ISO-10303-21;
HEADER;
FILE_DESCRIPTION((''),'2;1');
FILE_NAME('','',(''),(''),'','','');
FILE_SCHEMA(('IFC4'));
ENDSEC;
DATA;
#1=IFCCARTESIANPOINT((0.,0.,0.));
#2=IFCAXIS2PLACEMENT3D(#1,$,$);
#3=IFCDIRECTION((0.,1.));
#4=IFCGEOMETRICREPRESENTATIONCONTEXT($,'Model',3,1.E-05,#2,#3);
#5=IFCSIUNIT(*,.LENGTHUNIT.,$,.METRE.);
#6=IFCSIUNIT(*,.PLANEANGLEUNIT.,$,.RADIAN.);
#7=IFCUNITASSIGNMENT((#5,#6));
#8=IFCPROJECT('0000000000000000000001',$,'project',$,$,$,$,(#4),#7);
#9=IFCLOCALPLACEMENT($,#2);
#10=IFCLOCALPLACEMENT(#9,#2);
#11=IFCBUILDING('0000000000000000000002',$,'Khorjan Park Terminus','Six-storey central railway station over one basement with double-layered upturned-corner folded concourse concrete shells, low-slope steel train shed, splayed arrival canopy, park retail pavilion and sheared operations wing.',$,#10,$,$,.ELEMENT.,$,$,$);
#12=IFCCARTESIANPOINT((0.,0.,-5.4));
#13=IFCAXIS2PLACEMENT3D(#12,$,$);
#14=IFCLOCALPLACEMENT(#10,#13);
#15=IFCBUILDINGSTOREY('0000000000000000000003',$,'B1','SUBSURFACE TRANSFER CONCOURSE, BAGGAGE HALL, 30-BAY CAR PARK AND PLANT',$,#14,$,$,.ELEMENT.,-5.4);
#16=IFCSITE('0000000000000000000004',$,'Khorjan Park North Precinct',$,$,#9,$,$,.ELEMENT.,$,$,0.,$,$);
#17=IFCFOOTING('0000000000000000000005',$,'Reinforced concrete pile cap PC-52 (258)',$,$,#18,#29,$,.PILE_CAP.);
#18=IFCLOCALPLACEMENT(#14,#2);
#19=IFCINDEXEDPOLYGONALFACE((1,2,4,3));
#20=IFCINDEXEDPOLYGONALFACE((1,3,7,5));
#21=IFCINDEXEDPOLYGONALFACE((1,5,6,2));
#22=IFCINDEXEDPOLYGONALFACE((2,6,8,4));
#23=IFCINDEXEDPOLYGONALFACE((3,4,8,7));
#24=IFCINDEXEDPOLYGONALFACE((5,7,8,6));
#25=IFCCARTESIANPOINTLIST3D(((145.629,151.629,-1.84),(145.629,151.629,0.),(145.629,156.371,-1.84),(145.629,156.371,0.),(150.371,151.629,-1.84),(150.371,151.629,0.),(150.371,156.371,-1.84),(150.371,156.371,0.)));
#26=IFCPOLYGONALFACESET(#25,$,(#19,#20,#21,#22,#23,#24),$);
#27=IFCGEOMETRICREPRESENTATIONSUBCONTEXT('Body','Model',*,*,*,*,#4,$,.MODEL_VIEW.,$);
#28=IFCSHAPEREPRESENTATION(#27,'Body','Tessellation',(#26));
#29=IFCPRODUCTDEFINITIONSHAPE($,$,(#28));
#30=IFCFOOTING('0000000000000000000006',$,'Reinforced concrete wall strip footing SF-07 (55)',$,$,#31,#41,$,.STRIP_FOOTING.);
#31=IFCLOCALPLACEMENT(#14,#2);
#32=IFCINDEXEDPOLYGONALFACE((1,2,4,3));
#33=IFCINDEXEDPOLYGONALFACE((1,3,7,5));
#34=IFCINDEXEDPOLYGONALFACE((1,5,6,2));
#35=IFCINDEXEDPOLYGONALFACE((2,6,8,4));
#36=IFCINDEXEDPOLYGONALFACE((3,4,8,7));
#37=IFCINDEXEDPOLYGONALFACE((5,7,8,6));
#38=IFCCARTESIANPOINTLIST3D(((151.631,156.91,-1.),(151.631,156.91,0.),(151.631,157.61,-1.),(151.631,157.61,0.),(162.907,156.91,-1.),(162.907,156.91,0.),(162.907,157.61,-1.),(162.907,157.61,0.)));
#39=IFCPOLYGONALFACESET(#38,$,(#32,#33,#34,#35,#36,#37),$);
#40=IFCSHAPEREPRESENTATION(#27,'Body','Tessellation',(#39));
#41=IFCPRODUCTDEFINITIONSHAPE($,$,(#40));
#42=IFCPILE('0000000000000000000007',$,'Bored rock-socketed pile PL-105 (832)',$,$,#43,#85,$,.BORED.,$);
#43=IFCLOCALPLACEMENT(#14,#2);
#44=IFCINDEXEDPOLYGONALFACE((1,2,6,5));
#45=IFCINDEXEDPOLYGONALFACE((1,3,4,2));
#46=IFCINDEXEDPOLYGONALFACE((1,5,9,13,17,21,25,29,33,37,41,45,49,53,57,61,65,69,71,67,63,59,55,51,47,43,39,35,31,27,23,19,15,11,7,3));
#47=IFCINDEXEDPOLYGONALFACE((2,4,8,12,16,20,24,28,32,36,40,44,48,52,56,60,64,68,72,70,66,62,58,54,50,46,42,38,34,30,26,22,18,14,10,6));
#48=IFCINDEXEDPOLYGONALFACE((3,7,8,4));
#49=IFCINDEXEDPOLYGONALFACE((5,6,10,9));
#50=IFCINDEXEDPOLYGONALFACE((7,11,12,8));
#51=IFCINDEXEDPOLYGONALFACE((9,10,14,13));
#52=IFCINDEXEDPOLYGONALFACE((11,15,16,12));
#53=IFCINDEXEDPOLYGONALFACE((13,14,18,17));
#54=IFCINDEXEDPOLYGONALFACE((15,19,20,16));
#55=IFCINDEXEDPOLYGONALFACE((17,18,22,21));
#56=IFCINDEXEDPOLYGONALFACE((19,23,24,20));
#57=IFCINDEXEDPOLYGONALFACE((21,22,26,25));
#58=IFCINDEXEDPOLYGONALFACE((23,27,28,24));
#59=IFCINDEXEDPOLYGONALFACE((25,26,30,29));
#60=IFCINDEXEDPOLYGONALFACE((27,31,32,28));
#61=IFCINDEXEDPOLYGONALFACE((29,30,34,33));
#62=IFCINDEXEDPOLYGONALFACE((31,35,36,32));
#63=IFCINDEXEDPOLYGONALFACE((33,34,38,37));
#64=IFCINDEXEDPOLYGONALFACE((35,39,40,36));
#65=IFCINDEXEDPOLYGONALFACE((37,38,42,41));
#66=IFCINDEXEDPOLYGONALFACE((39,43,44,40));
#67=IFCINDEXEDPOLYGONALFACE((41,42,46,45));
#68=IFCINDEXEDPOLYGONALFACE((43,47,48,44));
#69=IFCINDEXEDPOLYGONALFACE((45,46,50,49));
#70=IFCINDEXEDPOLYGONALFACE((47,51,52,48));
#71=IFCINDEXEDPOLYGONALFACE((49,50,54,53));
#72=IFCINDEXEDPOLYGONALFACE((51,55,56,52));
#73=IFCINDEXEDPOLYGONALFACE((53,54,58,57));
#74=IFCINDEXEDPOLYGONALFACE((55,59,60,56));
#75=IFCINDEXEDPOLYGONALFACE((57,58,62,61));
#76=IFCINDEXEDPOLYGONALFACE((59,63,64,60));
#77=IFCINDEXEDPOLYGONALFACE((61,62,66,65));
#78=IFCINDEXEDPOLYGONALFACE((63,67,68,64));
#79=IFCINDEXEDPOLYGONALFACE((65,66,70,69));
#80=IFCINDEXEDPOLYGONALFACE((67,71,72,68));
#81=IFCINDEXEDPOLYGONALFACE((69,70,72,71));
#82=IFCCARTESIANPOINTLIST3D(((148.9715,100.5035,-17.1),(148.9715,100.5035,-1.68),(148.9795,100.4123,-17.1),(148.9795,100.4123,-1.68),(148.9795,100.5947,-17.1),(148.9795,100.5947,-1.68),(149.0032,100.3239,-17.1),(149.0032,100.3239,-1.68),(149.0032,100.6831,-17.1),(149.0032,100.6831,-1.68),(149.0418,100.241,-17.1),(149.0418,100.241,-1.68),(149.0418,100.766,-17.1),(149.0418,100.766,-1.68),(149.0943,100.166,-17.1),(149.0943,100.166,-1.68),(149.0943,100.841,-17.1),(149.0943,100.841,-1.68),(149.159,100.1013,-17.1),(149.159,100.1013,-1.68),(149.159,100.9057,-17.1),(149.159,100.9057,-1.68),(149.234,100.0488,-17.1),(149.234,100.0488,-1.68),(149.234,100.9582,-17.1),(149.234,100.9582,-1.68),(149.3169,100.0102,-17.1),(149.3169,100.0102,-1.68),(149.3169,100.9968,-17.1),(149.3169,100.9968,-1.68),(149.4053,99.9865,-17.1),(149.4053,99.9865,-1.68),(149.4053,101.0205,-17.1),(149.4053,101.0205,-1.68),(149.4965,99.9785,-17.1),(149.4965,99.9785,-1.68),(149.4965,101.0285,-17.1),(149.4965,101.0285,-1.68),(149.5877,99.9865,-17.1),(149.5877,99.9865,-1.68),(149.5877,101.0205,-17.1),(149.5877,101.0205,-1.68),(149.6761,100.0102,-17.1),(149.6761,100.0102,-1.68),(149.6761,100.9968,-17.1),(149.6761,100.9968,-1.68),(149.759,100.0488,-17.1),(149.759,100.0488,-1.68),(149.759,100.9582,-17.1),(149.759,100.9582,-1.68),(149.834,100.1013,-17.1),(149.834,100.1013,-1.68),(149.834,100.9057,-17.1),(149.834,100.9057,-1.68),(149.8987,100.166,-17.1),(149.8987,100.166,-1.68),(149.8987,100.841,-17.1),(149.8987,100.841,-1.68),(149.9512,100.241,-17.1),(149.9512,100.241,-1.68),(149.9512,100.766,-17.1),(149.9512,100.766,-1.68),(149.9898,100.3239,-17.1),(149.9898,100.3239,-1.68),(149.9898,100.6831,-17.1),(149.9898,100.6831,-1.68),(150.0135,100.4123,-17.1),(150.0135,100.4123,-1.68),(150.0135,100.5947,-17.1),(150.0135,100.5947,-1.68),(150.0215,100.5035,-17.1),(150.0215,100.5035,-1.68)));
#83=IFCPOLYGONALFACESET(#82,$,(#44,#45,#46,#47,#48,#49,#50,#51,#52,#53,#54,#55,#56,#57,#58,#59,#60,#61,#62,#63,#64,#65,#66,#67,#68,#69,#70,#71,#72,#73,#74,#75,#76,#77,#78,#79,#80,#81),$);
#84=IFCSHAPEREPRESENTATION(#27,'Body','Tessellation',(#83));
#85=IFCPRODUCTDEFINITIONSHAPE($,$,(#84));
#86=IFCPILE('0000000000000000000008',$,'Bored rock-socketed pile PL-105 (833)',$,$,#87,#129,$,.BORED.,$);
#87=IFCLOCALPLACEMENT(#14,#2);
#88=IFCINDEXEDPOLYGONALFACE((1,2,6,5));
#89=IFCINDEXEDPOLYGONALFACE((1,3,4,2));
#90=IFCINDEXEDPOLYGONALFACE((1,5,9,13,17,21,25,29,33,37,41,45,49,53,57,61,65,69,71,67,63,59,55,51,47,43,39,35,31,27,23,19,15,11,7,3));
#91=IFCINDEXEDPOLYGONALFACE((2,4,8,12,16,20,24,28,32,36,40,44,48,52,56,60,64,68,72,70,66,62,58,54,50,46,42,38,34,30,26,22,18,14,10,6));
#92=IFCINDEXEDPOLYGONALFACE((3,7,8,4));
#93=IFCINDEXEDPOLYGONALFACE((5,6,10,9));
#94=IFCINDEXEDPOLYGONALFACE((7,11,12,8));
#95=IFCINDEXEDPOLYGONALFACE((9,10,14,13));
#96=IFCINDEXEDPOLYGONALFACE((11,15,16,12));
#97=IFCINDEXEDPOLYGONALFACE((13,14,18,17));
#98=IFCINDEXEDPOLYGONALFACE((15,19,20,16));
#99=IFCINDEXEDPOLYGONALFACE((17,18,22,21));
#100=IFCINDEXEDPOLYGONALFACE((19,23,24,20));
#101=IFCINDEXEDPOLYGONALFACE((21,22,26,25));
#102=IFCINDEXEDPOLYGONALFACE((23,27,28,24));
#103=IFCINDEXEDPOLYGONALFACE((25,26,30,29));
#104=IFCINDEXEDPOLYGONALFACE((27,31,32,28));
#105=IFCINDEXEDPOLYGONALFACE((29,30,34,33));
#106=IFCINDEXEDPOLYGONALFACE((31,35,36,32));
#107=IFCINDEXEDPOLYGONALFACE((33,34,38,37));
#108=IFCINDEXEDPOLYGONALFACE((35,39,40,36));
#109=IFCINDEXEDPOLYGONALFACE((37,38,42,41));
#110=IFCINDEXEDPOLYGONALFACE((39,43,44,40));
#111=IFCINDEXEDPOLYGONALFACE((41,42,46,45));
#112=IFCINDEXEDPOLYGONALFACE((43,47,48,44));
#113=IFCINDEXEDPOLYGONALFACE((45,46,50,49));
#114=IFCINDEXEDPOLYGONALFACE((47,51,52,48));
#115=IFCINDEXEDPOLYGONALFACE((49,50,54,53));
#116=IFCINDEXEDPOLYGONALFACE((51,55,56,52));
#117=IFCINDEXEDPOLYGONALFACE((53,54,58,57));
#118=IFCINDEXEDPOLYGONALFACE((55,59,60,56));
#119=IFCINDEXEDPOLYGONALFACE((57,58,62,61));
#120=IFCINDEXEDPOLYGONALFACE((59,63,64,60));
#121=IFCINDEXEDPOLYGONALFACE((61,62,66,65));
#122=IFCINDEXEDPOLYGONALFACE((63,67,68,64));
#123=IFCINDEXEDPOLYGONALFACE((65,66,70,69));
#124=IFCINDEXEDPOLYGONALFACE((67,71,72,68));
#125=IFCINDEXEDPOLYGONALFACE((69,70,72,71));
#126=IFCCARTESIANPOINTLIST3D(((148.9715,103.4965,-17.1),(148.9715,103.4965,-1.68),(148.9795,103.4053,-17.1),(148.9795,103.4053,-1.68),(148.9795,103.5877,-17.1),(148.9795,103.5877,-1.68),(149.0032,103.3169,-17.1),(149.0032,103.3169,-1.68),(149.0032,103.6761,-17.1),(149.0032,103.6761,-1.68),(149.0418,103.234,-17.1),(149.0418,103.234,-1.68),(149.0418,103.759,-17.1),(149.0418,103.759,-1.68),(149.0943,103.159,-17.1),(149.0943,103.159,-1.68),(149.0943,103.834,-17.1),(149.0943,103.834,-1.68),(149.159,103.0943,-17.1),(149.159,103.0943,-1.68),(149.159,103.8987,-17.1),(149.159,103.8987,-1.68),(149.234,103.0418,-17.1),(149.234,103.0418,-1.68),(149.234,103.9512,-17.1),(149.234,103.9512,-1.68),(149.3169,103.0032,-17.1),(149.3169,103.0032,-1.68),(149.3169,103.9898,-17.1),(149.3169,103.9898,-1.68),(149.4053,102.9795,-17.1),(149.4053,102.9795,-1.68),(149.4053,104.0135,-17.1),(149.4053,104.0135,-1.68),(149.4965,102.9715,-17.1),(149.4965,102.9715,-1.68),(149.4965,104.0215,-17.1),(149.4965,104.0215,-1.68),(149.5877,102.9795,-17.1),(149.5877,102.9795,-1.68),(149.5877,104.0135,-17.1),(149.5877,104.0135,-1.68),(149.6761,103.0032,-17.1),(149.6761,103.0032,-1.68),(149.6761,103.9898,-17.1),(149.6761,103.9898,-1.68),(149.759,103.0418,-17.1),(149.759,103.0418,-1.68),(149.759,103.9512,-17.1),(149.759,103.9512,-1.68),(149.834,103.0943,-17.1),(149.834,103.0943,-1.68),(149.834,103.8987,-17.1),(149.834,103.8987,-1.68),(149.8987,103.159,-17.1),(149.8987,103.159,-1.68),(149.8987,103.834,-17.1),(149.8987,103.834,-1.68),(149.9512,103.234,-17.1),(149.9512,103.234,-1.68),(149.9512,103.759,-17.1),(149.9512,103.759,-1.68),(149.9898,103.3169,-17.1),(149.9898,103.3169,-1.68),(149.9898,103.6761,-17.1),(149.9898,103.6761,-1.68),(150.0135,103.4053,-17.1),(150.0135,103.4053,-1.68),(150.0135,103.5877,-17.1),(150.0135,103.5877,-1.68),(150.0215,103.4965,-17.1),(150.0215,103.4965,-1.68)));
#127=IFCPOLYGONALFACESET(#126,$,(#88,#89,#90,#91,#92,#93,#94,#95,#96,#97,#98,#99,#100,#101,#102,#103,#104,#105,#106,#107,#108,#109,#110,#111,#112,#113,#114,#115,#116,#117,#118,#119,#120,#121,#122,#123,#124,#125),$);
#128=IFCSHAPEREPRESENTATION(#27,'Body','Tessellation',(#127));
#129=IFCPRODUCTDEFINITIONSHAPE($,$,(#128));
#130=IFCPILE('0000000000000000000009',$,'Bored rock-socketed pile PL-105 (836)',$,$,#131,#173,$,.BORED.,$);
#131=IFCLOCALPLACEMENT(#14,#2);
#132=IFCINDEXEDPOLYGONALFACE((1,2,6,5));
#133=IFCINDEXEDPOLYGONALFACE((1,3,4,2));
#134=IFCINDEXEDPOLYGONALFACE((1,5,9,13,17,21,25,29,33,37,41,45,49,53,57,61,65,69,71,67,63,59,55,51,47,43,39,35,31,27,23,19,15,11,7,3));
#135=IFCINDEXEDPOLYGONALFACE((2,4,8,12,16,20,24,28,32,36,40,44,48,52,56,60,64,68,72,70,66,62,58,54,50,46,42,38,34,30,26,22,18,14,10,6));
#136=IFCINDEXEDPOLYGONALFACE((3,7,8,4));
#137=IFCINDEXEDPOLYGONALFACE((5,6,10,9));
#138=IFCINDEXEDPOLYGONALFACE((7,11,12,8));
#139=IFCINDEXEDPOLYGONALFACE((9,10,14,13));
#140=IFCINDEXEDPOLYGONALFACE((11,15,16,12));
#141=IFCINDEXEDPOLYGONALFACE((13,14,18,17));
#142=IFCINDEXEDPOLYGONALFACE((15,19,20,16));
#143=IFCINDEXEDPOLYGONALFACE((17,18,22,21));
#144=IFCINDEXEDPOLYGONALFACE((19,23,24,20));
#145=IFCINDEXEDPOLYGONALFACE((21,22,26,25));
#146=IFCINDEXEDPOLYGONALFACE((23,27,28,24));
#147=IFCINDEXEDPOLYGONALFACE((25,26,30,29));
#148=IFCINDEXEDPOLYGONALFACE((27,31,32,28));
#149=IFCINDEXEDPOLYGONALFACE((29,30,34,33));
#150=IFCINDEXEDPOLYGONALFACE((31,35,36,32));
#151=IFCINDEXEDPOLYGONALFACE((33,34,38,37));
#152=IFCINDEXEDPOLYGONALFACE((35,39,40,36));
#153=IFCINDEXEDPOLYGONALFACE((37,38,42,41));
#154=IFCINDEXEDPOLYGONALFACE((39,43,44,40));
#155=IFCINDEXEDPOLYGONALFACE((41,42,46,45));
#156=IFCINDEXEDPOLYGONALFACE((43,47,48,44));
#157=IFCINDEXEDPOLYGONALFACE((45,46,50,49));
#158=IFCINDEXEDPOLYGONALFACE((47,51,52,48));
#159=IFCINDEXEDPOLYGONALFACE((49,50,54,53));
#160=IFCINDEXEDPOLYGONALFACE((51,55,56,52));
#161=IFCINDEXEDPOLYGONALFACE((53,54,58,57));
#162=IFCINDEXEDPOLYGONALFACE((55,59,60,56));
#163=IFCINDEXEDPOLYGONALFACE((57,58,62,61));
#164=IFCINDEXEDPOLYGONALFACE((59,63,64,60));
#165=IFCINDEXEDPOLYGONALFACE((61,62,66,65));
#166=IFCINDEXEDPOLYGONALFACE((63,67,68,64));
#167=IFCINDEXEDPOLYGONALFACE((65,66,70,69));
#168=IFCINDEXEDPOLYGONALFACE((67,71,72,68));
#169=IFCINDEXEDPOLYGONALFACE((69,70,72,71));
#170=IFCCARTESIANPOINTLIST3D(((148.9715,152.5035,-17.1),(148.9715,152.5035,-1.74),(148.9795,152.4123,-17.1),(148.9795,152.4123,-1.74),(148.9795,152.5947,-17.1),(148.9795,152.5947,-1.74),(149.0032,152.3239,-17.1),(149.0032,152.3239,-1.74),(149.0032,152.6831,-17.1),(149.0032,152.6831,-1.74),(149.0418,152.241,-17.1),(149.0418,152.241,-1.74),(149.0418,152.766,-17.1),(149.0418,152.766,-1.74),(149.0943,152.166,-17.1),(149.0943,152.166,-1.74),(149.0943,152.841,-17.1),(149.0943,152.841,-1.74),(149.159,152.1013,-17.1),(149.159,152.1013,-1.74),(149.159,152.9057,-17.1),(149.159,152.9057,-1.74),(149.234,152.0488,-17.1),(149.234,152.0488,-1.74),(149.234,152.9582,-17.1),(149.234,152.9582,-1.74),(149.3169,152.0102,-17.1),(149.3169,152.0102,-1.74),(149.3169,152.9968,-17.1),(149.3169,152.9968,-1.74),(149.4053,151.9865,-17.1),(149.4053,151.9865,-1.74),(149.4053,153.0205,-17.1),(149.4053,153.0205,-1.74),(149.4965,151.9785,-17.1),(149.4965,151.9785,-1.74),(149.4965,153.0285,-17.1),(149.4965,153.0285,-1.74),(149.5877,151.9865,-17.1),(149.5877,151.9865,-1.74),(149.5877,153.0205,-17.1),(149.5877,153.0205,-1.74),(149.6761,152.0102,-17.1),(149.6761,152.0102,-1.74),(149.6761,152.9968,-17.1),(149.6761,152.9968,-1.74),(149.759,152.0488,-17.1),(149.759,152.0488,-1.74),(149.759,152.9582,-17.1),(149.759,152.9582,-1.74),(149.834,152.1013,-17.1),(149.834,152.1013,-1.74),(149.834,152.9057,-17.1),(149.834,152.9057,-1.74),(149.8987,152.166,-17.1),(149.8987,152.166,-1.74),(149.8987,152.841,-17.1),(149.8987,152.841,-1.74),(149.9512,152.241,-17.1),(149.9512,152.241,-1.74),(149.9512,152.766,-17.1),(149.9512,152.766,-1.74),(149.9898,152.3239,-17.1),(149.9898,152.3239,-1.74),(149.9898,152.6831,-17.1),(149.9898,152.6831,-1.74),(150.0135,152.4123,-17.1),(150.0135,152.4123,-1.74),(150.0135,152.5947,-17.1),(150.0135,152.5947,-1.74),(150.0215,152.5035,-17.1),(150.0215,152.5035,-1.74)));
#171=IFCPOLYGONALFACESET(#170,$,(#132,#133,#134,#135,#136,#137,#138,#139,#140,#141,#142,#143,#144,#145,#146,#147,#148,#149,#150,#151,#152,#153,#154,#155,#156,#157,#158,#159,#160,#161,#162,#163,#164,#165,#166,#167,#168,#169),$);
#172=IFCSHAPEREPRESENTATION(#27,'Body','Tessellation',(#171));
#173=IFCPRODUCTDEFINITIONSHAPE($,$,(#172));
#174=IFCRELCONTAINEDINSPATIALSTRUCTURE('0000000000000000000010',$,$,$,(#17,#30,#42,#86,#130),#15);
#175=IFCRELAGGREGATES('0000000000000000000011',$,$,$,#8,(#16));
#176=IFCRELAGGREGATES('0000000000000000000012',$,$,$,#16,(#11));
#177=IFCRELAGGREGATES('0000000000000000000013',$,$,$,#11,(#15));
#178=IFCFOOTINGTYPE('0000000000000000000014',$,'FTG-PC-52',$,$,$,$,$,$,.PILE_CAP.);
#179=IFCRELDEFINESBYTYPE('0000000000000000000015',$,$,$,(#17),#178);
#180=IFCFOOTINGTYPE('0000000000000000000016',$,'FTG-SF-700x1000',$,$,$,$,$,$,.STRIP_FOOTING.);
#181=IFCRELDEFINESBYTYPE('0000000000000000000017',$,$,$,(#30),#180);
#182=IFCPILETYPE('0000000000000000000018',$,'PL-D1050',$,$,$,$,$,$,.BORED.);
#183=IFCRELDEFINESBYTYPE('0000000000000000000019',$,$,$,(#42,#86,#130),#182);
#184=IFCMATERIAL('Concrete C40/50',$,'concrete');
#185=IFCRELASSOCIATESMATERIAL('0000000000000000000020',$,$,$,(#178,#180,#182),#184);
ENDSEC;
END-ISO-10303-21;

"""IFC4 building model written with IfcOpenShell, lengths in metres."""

from ifc_helpers import new_model, si_unit, direction, frame, origin, origin_2d, place, context, subcontext, project, spatial, rectangle, circle, extrude, material, material_profile, profile_set, type_object, element, save


model = new_model("IFC4")

# Units and contexts
model_context = context("Model", 3, precision=1e-05, world=origin(), true_north=direction((0.0, 1.0)))
body_context = subcontext(model_context, "Body", "Model", "MODEL_VIEW")
ifc_project = project(units=[si_unit("LENGTHUNIT", "METRE"), si_unit("PLANEANGLEUNIT", "RADIAN")], contexts=[model_context])

# Site, building, storey
site_placement = place(None, origin())
site = spatial("IfcSite", under=ifc_project, at=site_placement, Name="Khorjan Park North Precinct", CompositionType="ELEMENT", RefElevation=0.0)
building_placement = place(site_placement, origin())
building = spatial("IfcBuilding", under=site, at=building_placement, Name="Khorjan Park Terminus", Description="Six-storey central railway station over one basement with double-layered upturned-corner folded concourse concrete shells, low-slope steel train shed, splayed arrival canopy, park retail pavilion and sheared operations wing.", CompositionType="ELEMENT")
storey_placement = place(building_placement, frame((0.0, 0.0, -5.4)))
storey = spatial("IfcBuildingStorey", under=building, at=storey_placement, Name="B1", Description="SUBSURFACE TRANSFER CONCOURSE, BAGGAGE HALL, 30-BAY CAR PARK AND PLANT", CompositionType="ELEMENT", Elevation=-5.4)

# Footings
ifc_material_1 = material(Name="Concrete C40/50", Category="concrete")
footing_type_1 = type_object("IfcFootingType", Name="FTG-PC-52", PredefinedType="PILE_CAP", material=ifc_material_1)
footing_1_placement = place(storey_placement, frame((148.0, 154.0, -1.84), z_axis=(0.0, 0.0, 1.0), x_axis=(1.0, 0.0, 0.0)))
element("IfcFooting", 1, at=footing_1_placement, inside=storey, type_object=footing_type_1, Name="Reinforced concrete pile cap PC-52 (258)", PredefinedType="PILE_CAP", context=body_context, shape_type="SweptSolid", body=[
    extrude(rectangle(XDim=4.742, YDim=4.742, at=origin_2d()), origin(), (0.0, 0.0, 1.0), 1.84),
])
ifc_material_profile_1 = material_profile(ifc_material_1, rectangle(XDim=0.7, YDim=1.0, at=origin_2d()), Name="RC 700x1000")
ifc_profile_set_1 = profile_set([ifc_material_profile_1], Name="Concrete C40/50")
footing_type_2 = type_object("IfcFootingType", Name="FTG-SF-700x1000", PredefinedType="STRIP_FOOTING", material=ifc_profile_set_1)
footing_2_placement = place(storey_placement, frame((151.631, 157.26, -0.5), z_axis=(1.0, 0.0, 0.0), x_axis=(0.0, 1.0, 0.0)))
element("IfcFooting", 2, at=footing_2_placement, inside=storey, type_object=footing_type_2, Name="Reinforced concrete wall strip footing SF-07 (55)", PredefinedType="STRIP_FOOTING", context=body_context, shape_type="SweptSolid", body=[
    extrude(rectangle(XDim=0.7, YDim=1.0, at=origin_2d()), origin(), (0.0, 0.0, 1.0), 11.276),
])

# Piles
ifc_material_profile_2 = material_profile(ifc_material_1, circle(Radius=0.525, at=origin_2d()), Name="BORED D1050")
ifc_profile_set_2 = profile_set([ifc_material_profile_2], Name="Concrete C40/50")
pile_type_1 = type_object("IfcPileType", Name="PL-D1050", PredefinedType="BORED", material=ifc_profile_set_2)
for number, where, z_axis, x_axis, name in (
    (3, (149.4965, 100.5035, -1.68), (0.0, 0.0, -1.0), (1.0, 0.0, 0.0), "Bored rock-socketed pile PL-105 (832)"),
    (4, (149.4965, 103.4965, -1.68), (0.0, 0.0, -1.0), (1.0, 0.0, 0.0), "Bored rock-socketed pile PL-105 (833)"),
):
    element("IfcPile", number, at=place(storey_placement, frame(where, z_axis=z_axis, x_axis=x_axis)), inside=storey, type_object=pile_type_1, Name=name, PredefinedType="BORED", context=body_context, shape_type="SweptSolid", body=[
        extrude(circle(Radius=0.525, at=origin_2d()), origin(), (0.0, 0.0, 1.0), 15.42),
    ])
for number, where, z_axis, x_axis, name in (
    (5, (149.4965, 152.5035, -1.74), (0.0, 0.0, -1.0), (1.0, 0.0, 0.0), "Bored rock-socketed pile PL-105 (836)"),
):
    element("IfcPile", number, at=place(storey_placement, frame(where, z_axis=z_axis, x_axis=x_axis)), inside=storey, type_object=pile_type_1, Name=name, PredefinedType="BORED", context=body_context, shape_type="SweptSolid", body=[
        extrude(circle(Radius=0.525, at=origin_2d()), origin(), (0.0, 0.0, 1.0), 15.36),
    ])

save(model, "model.ifc")
